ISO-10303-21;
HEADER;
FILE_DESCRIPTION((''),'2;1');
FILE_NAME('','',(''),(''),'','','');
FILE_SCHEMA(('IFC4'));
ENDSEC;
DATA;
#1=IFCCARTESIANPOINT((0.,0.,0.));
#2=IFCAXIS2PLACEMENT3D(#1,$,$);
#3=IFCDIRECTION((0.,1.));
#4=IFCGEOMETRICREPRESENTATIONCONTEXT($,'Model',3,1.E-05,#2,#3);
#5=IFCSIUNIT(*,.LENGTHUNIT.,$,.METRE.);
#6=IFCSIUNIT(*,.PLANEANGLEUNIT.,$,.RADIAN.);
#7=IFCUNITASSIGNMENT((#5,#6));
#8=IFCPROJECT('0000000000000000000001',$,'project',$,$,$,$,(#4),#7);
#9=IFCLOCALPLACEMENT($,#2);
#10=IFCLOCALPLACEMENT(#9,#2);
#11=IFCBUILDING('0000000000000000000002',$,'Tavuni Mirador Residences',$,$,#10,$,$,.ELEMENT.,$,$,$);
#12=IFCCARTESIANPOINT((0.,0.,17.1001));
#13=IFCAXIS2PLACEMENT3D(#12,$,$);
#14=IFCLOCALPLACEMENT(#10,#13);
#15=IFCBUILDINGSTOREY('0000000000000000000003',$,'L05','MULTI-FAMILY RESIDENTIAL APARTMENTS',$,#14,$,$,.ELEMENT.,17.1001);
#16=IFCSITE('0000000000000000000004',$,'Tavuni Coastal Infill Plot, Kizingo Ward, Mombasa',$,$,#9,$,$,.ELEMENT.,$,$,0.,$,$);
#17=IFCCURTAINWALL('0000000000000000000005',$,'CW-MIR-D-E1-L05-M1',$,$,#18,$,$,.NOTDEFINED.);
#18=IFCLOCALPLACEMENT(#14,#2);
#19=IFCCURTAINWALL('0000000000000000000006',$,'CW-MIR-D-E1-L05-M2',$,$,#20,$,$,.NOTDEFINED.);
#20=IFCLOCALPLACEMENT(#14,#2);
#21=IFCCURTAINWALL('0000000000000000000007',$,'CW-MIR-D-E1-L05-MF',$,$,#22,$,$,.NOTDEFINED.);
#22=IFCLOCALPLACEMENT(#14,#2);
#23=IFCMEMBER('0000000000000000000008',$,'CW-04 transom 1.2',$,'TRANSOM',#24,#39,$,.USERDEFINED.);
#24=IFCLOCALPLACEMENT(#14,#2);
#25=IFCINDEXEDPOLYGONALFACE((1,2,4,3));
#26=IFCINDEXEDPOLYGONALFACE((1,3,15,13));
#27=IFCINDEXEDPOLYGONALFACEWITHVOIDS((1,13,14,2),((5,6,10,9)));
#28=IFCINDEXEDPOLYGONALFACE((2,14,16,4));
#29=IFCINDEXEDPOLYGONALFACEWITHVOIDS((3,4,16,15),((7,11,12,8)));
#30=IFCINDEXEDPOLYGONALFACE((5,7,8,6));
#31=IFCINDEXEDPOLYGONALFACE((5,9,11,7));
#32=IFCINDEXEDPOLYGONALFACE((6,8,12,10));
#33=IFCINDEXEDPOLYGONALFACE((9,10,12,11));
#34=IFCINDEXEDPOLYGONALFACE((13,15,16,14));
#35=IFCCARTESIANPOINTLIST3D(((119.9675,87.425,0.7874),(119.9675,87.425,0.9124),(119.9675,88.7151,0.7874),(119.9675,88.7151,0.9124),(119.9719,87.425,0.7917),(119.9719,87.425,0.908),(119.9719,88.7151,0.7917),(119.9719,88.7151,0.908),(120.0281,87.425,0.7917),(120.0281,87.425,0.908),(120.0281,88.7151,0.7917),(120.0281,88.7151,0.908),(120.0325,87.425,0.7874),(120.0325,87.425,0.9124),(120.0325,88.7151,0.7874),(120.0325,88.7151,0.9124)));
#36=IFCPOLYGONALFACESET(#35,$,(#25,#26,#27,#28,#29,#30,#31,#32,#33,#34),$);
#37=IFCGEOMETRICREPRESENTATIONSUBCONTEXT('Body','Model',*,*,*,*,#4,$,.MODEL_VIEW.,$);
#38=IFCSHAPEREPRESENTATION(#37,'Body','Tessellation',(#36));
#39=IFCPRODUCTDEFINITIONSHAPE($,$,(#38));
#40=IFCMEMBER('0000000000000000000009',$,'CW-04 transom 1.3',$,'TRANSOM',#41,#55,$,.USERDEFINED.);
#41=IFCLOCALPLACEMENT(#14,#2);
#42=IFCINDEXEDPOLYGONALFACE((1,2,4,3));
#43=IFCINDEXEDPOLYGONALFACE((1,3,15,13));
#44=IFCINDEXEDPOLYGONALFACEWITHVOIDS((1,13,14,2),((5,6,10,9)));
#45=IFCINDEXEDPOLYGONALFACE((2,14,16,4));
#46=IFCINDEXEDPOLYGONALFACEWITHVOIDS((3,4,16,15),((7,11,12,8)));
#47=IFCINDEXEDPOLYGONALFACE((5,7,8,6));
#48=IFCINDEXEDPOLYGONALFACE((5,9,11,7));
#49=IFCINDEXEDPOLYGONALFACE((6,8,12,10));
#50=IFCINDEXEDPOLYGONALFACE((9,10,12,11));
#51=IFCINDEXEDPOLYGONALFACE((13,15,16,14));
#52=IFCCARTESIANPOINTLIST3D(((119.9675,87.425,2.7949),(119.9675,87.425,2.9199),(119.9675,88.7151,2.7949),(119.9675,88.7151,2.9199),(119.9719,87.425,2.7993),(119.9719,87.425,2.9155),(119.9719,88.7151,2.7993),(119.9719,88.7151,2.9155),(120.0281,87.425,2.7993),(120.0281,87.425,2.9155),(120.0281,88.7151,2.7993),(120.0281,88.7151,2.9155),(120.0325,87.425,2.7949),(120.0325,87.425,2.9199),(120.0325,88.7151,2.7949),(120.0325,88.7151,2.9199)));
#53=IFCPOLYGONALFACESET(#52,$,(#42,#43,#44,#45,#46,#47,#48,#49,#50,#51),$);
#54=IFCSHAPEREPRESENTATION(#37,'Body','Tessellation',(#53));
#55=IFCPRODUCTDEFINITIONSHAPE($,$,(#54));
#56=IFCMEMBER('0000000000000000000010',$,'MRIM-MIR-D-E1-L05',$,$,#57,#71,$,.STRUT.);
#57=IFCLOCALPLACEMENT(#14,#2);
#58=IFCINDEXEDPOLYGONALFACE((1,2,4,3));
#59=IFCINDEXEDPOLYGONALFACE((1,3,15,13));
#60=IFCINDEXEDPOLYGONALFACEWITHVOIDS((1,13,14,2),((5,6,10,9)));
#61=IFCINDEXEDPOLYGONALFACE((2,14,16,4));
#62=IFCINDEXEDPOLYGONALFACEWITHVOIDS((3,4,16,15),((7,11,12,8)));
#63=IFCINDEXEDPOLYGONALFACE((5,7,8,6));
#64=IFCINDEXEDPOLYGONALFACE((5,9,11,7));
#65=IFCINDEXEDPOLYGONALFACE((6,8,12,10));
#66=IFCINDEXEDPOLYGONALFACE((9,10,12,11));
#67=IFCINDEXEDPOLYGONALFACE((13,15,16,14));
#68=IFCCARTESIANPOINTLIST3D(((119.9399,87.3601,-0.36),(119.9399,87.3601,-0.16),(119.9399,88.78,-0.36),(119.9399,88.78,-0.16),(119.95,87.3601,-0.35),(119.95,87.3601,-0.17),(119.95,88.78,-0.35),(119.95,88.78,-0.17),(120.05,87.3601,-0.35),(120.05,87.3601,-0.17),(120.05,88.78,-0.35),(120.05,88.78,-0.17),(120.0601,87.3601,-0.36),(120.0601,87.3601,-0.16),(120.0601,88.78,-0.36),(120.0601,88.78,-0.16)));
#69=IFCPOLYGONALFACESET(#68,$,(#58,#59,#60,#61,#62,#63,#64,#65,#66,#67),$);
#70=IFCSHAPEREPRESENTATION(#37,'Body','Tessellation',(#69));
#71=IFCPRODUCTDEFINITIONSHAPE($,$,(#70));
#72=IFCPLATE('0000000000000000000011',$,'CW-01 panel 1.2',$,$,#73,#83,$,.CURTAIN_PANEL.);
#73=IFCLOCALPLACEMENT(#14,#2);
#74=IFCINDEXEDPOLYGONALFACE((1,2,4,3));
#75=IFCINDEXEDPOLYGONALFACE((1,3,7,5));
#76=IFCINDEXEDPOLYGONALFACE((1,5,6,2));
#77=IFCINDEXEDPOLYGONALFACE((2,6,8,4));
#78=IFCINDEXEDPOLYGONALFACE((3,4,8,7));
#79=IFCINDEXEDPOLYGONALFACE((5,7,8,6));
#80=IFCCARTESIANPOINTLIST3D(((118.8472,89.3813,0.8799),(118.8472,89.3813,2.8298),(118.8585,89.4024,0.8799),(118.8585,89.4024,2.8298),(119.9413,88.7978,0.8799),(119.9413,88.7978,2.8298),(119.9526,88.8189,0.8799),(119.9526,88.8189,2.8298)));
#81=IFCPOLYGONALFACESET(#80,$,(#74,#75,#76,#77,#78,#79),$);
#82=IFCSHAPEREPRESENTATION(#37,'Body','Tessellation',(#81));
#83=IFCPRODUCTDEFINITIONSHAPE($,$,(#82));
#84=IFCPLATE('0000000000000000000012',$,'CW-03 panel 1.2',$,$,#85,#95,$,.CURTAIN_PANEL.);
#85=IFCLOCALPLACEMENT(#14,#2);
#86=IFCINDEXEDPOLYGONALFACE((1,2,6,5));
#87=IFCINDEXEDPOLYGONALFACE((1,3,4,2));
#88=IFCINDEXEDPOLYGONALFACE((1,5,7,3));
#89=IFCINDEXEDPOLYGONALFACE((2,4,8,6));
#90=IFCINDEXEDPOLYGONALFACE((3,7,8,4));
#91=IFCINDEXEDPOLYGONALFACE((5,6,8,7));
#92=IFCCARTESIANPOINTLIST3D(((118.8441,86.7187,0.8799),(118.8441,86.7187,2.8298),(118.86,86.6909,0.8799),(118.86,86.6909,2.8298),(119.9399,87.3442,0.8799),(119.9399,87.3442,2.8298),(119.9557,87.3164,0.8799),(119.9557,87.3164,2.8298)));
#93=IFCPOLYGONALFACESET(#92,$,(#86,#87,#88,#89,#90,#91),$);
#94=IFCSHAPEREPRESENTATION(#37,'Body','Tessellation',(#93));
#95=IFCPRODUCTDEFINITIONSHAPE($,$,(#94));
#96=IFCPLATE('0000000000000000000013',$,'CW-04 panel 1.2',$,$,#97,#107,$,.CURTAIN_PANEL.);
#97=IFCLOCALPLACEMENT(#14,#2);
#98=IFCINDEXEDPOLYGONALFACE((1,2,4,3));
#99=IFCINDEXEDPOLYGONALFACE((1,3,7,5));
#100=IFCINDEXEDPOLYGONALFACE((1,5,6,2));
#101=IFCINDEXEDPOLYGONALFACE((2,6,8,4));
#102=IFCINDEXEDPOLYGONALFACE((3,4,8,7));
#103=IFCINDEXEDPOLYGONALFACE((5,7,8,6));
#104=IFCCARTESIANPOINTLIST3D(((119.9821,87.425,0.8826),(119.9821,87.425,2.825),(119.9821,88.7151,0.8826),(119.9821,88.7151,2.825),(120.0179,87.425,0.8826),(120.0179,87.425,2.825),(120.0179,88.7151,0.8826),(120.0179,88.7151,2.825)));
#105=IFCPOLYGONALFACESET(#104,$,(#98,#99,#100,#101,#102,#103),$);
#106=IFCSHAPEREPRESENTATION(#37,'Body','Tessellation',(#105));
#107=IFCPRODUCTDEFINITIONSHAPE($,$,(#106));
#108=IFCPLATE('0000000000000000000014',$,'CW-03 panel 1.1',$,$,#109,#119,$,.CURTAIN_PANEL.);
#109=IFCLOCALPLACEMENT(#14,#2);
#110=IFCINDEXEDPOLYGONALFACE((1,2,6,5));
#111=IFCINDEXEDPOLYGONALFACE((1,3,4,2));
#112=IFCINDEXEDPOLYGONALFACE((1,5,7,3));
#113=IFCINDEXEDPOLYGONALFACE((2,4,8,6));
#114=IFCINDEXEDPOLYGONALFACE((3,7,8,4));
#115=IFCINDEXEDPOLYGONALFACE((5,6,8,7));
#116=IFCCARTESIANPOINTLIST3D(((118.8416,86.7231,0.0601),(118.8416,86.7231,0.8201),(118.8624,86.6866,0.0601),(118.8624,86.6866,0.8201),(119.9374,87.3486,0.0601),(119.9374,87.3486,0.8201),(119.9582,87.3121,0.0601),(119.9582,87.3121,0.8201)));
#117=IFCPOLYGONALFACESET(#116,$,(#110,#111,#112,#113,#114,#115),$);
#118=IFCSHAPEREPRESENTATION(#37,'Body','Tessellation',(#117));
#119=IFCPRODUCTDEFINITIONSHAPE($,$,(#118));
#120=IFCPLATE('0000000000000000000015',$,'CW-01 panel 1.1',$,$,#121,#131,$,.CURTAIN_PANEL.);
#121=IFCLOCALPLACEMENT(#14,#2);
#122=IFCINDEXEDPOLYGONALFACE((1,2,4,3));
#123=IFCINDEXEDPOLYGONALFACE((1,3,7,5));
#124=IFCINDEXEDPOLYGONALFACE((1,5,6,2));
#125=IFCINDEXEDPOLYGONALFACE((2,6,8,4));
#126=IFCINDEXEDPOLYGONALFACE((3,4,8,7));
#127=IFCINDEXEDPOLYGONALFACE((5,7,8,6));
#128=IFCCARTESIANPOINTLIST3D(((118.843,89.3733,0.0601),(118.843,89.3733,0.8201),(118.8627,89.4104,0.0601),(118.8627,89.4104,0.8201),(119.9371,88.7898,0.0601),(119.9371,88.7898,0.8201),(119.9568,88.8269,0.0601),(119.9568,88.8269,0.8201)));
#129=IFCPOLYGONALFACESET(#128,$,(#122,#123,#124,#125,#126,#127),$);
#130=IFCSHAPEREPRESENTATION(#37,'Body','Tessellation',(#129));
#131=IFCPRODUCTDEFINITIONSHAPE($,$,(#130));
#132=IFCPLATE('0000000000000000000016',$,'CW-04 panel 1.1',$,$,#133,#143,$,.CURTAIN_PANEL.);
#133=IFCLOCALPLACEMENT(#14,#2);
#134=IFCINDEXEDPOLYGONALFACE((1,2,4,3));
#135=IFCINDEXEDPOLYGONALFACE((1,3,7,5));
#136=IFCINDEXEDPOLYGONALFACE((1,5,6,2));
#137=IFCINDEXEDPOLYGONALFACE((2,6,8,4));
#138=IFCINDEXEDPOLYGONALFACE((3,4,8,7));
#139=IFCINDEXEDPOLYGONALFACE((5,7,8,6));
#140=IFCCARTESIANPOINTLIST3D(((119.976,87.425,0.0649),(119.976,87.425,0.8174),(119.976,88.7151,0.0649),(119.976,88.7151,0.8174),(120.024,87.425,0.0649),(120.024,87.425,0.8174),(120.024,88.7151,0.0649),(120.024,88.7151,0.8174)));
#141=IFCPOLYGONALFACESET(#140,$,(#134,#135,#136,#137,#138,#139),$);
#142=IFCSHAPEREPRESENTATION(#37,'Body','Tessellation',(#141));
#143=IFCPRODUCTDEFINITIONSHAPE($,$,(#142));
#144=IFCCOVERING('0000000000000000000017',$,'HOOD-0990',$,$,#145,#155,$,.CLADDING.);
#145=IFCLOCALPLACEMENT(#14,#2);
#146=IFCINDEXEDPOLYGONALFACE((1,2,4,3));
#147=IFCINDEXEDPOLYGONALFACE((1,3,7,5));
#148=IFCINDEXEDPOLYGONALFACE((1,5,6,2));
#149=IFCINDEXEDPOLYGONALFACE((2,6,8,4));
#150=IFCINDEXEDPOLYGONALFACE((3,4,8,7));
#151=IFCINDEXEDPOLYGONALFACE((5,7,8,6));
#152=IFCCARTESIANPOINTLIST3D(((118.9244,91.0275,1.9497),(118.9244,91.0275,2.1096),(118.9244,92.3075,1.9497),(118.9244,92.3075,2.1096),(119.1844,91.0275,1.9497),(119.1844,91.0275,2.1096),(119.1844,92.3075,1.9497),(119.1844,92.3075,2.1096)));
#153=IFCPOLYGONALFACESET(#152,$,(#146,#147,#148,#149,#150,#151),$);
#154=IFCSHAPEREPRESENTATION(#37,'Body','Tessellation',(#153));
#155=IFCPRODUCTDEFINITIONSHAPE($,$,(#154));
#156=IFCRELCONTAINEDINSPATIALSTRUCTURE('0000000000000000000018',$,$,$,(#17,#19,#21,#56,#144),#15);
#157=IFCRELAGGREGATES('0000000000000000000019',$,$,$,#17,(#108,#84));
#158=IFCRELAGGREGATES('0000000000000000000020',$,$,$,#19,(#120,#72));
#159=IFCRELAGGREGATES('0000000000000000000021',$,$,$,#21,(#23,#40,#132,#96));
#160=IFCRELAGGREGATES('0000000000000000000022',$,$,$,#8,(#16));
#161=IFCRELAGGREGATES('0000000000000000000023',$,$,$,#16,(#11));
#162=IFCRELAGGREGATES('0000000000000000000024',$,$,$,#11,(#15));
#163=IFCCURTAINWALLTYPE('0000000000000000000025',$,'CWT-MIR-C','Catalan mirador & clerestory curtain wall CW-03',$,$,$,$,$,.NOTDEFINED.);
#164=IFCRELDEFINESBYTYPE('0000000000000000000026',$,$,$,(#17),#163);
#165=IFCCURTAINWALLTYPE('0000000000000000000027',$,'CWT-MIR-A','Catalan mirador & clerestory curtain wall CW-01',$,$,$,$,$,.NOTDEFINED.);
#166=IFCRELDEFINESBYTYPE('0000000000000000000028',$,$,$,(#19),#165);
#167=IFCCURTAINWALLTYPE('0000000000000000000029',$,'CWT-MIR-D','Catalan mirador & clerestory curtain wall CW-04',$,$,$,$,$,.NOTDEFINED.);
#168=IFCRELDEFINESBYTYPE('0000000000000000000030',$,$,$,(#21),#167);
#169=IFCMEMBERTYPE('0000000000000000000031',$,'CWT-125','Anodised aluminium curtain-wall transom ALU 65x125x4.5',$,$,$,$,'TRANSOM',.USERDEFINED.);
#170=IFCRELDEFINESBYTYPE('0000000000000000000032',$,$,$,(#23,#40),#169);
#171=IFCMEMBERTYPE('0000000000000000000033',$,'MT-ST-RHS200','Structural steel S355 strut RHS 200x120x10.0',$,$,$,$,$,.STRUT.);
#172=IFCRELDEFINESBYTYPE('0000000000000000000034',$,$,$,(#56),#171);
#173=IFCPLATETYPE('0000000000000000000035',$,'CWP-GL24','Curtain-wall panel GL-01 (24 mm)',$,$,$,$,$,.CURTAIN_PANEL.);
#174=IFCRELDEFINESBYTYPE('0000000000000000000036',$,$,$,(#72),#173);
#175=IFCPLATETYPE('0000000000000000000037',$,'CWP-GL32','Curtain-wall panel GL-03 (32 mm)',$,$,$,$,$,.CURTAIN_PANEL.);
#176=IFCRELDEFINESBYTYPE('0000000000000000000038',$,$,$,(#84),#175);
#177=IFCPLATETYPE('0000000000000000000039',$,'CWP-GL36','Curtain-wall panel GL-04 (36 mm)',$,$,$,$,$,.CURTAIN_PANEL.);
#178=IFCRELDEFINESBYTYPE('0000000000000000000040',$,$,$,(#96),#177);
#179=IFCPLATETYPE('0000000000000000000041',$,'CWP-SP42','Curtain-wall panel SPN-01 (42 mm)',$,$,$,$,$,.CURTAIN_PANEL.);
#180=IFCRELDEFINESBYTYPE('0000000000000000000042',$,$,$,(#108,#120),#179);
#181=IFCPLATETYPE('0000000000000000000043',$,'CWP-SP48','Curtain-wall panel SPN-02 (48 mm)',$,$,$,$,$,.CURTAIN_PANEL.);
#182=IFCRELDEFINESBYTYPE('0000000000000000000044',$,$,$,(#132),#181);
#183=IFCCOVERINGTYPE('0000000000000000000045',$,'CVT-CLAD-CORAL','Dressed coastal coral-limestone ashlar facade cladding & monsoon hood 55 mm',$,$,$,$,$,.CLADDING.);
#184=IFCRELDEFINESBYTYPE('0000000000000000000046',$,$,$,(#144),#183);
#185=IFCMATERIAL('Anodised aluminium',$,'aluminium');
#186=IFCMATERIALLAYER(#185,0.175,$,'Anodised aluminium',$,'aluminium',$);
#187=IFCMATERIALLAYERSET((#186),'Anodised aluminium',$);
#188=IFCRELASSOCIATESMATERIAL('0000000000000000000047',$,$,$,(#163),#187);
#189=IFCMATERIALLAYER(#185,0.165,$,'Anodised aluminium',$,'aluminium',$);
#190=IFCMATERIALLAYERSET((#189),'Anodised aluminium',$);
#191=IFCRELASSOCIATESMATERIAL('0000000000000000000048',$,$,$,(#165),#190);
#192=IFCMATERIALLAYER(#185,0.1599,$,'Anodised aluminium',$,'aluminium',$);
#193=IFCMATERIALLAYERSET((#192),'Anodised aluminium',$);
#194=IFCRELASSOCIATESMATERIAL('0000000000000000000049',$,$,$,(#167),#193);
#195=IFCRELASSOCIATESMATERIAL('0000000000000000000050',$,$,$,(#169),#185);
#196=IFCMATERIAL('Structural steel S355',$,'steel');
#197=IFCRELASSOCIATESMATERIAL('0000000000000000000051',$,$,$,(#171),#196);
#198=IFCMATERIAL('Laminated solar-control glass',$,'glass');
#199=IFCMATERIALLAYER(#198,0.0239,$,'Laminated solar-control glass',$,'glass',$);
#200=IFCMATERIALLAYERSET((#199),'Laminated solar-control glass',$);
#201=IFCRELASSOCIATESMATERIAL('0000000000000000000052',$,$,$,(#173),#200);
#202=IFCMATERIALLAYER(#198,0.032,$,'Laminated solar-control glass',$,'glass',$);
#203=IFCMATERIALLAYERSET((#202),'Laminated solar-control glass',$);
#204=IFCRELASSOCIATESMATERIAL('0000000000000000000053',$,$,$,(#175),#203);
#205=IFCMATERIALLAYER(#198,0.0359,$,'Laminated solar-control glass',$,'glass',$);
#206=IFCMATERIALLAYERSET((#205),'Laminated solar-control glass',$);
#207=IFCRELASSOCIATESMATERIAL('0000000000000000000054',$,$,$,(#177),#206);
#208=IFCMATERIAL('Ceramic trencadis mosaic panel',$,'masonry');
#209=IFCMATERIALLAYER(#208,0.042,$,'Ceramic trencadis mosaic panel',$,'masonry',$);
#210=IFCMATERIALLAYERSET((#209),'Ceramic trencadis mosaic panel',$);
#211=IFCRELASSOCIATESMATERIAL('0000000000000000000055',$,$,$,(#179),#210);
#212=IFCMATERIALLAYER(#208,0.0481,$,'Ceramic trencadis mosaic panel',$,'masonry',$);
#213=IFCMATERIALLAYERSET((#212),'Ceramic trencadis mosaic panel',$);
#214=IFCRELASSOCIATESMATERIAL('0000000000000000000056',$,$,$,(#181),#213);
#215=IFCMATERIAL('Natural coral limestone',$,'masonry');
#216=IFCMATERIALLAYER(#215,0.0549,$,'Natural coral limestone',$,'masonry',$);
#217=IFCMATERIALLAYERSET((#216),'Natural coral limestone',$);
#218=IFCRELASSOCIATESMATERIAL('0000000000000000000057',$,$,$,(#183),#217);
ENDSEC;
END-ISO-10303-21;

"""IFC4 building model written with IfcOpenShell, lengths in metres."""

from ifc_helpers import new_model, si_unit, direction, frame, origin, origin_2d, place, context, subcontext, project, spatial, rectangle, hollow_rectangle, extrude, material, layer, layer_set, material_profile, profile_set, type_object, element, aggregate, save


model = new_model("IFC4")

# Units and contexts
model_context = context("Model", 3, precision=1e-05, world=origin(), true_north=direction((0.0, 1.0)))
body_context = subcontext(model_context, "Body", "Model", "MODEL_VIEW")
ifc_project = project(units=[si_unit("LENGTHUNIT", "METRE"), si_unit("PLANEANGLEUNIT", "RADIAN")], contexts=[model_context])

# Site, building, storey
site_placement = place(None, origin())
site = spatial("IfcSite", under=ifc_project, at=site_placement, Name="Tavuni Coastal Infill Plot, Kizingo Ward, Mombasa", CompositionType="ELEMENT", RefElevation=0.0)
building_placement = place(site_placement, origin())
building = spatial("IfcBuilding", under=site, at=building_placement, Name="Tavuni Mirador Residences", CompositionType="ELEMENT")
storey_placement = place(building_placement, frame((0.0, 0.0, 17.1001)))
storey = spatial("IfcBuildingStorey", under=building, at=storey_placement, Name="L05", Description="MULTI-FAMILY RESIDENTIAL APARTMENTS", CompositionType="ELEMENT", Elevation=17.1001)

# Curtain walls
ifc_material_1 = material(Name="Anodised aluminium", Category="aluminium")
ifc_layer_1 = layer(ifc_material_1, 0.175, Name="Anodised aluminium", Category="aluminium")
ifc_layer_set_1 = layer_set([ifc_layer_1], Name="Anodised aluminium")
curtain_wall_type_1 = type_object("IfcCurtainWallType", Name="CWT-MIR-C", Description="Catalan mirador & clerestory curtain wall CW-03", PredefinedType="NOTDEFINED", material=ifc_layer_set_1)
curtain_wall_1_placement = place(storey_placement, origin())
curtain_wall_1 = element("IfcCurtainWall", 1, at=curtain_wall_1_placement, inside=storey, type_object=curtain_wall_type_1, Name="CW-MIR-D-E1-L05-M1", PredefinedType="NOTDEFINED")
ifc_layer_2 = layer(ifc_material_1, 0.165, Name="Anodised aluminium", Category="aluminium")
ifc_layer_set_2 = layer_set([ifc_layer_2], Name="Anodised aluminium")
curtain_wall_type_2 = type_object("IfcCurtainWallType", Name="CWT-MIR-A", Description="Catalan mirador & clerestory curtain wall CW-01", PredefinedType="NOTDEFINED", material=ifc_layer_set_2)
curtain_wall_2_placement = place(storey_placement, origin())
curtain_wall_2 = element("IfcCurtainWall", 2, at=curtain_wall_2_placement, inside=storey, type_object=curtain_wall_type_2, Name="CW-MIR-D-E1-L05-M2", PredefinedType="NOTDEFINED")

# Curtain wall
ifc_layer_3 = layer(ifc_material_1, 0.1599, Name="Anodised aluminium", Category="aluminium")
ifc_layer_set_3 = layer_set([ifc_layer_3], Name="Anodised aluminium")
curtain_wall_type_3 = type_object("IfcCurtainWallType", Name="CWT-MIR-D", Description="Catalan mirador & clerestory curtain wall CW-04", PredefinedType="NOTDEFINED", material=ifc_layer_set_3)
curtain_wall_3_placement = place(storey_placement, origin())
curtain_wall_3 = element("IfcCurtainWall", 3, at=curtain_wall_3_placement, inside=storey, type_object=curtain_wall_type_3, Name="CW-MIR-D-E1-L05-MF", PredefinedType="NOTDEFINED")

# Members
ifc_material_profile_1 = material_profile(ifc_material_1, hollow_rectangle(XDim=0.0649, YDim=0.125, WallThickness=0.0044, at=origin_2d()), Name="ALU 65x125x4.5", Category="aluminium")
ifc_profile_set_1 = profile_set([ifc_material_profile_1], Name="Anodised aluminium")
member_type_1 = type_object("IfcMemberType", Name="CWT-125", Description="Anodised aluminium curtain-wall transom ALU 65x125x4.5", ElementType="TRANSOM", PredefinedType="USERDEFINED", material=ifc_profile_set_1)
member_1_placement = place(storey_placement, frame((120.0, 87.425, 0.8499), z_axis=(0.0, 1.0, 0.0), x_axis=(-1.0, 0.0, 0.0)))
member_1 = element("IfcMember", 4, at=member_1_placement, type_object=member_type_1, Name="CW-04 transom 1.2", ObjectType="TRANSOM", PredefinedType="USERDEFINED", context=body_context, shape_type="SweptSolid", body=[
    extrude(hollow_rectangle(XDim=0.0649, YDim=0.125, WallThickness=0.0044, at=origin_2d()), origin(), (0.0, 0.0, 1.0), 1.29),
])
member_2_placement = place(storey_placement, frame((120.0, 87.425, 2.8574), z_axis=(0.0, 1.0, 0.0), x_axis=(-1.0, 0.0, 0.0)))
member_2 = element("IfcMember", 5, at=member_2_placement, type_object=member_type_1, Name="CW-04 transom 1.3", ObjectType="TRANSOM", PredefinedType="USERDEFINED", context=body_context, shape_type="SweptSolid", body=[
    extrude(hollow_rectangle(XDim=0.0649, YDim=0.125, WallThickness=0.0044, at=origin_2d()), origin(), (0.0, 0.0, 1.0), 1.29),
])
ifc_material_2 = material(Name="Structural steel S355", Category="steel")
ifc_material_profile_2 = material_profile(ifc_material_2, hollow_rectangle(XDim=0.1201, YDim=0.2, WallThickness=0.01, at=origin_2d()), Name="RHS 200x120x10.0", Category="steel")
ifc_profile_set_2 = profile_set([ifc_material_profile_2], Name="Structural steel S355")
member_type_2 = type_object("IfcMemberType", Name="MT-ST-RHS200", Description="Structural steel S355 strut RHS 200x120x10.0", PredefinedType="STRUT", material=ifc_profile_set_2)
member_3_placement = place(storey_placement, frame((120.0, 87.3601, -0.26), z_axis=(0.0, 1.0, 0.0), x_axis=(-1.0, 0.0, 0.0)))
element("IfcMember", 6, at=member_3_placement, inside=storey, type_object=member_type_2, Name="MRIM-MIR-D-E1-L05", PredefinedType="STRUT", context=body_context, shape_type="SweptSolid", body=[
    extrude(hollow_rectangle(XDim=0.1201, YDim=0.2, WallThickness=0.01, at=origin_2d()), origin(), (0.0, 0.0, 1.0), 1.4199),
])

# Plates
ifc_material_3 = material(Name="Laminated solar-control glass", Category="glass")
ifc_layer_4 = layer(ifc_material_3, 0.0239, Name="Laminated solar-control glass", Category="glass")
ifc_layer_set_4 = layer_set([ifc_layer_4], Name="Laminated solar-control glass")
plate_type_1 = type_object("IfcPlateType", Name="CWP-GL24", Description="Curtain-wall panel GL-01 (24 mm)", PredefinedType="CURTAIN_PANEL", material=ifc_layer_set_4)
plate_1_placement = place(storey_placement, frame((119.3999, 89.1001, 0.8799), z_axis=(0.0, 0.0, 1.0), x_axis=(-0.882353, 0.470588, 0.0)))
plate_1 = element("IfcPlate", 7, at=plate_1_placement, type_object=plate_type_1, Name="CW-01 panel 1.2", PredefinedType="CURTAIN_PANEL", context=body_context, shape_type="SweptSolid", body=[
    extrude(rectangle(XDim=1.24, YDim=0.0239, at=origin_2d()), origin(), (0.0, 0.0, 1.0), 1.95),
])
ifc_layer_5 = layer(ifc_material_3, 0.032, Name="Laminated solar-control glass", Category="glass")
ifc_layer_set_5 = layer_set([ifc_layer_5], Name="Laminated solar-control glass")
plate_type_2 = type_object("IfcPlateType", Name="CWP-GL32", Description="Curtain-wall panel GL-03 (32 mm)", PredefinedType="CURTAIN_PANEL", material=ifc_layer_set_5)
plate_2_placement = place(storey_placement, frame((119.3999, 87.0176, 0.8799), z_axis=(0.0, 0.0, 1.0), x_axis=(0.868466, 0.495749, 0.0)))
plate_2 = element("IfcPlate", 8, at=plate_2_placement, type_object=plate_type_2, Name="CW-03 panel 1.2", PredefinedType="CURTAIN_PANEL", context=body_context, shape_type="SweptSolid", body=[
    extrude(rectangle(XDim=1.2617, YDim=0.032, at=origin_2d()), origin(), (0.0, 0.0, 1.0), 1.95),
])
ifc_layer_6 = layer(ifc_material_3, 0.0359, Name="Laminated solar-control glass", Category="glass")
ifc_layer_set_6 = layer_set([ifc_layer_6], Name="Laminated solar-control glass")
plate_type_3 = type_object("IfcPlateType", Name="CWP-GL36", Description="Curtain-wall panel GL-04 (36 mm)", PredefinedType="CURTAIN_PANEL", material=ifc_layer_set_6)
plate_3_placement = place(storey_placement, frame((120.0, 88.0701, 0.8826), z_axis=(0.0, 0.0, 1.0), x_axis=(0.0, 1.0, 0.0)))
plate_3 = element("IfcPlate", 9, at=plate_3_placement, type_object=plate_type_3, Name="CW-04 panel 1.2", PredefinedType="CURTAIN_PANEL", context=body_context, shape_type="SweptSolid", body=[
    extrude(rectangle(XDim=1.29, YDim=0.0359, at=origin_2d()), origin(), (0.0, 0.0, 1.0), 1.9424),
])
ifc_material_4 = material(Name="Ceramic trencadis mosaic panel", Category="masonry")
ifc_layer_7 = layer(ifc_material_4, 0.042, Name="Ceramic trencadis mosaic panel", Category="masonry")
ifc_layer_set_7 = layer_set([ifc_layer_7], Name="Ceramic trencadis mosaic panel")
plate_type_4 = type_object("IfcPlateType", Name="CWP-SP42", Description="Curtain-wall panel SPN-01 (42 mm)", PredefinedType="CURTAIN_PANEL", material=ifc_layer_set_7)
plate_4_placement = place(storey_placement, frame((119.3999, 87.0176, 0.0601), z_axis=(0.0, 0.0, 1.0), x_axis=(0.868466, 0.495749, 0.0)))
plate_4 = element("IfcPlate", 10, at=plate_4_placement, type_object=plate_type_4, Name="CW-03 panel 1.1", PredefinedType="CURTAIN_PANEL", context=body_context, shape_type="SweptSolid", body=[
    extrude(rectangle(XDim=1.2617, YDim=0.042, at=origin_2d()), origin(), (0.0, 0.0, 1.0), 0.76),
])
aggregate(curtain_wall_1, [plate_4, plate_2])
plate_5_placement = place(storey_placement, frame((119.3999, 89.1001, 0.0601), z_axis=(0.0, 0.0, 1.0), x_axis=(-0.882353, 0.470588, 0.0)))
plate_5 = element("IfcPlate", 11, at=plate_5_placement, type_object=plate_type_4, Name="CW-01 panel 1.1", PredefinedType="CURTAIN_PANEL", context=body_context, shape_type="SweptSolid", body=[
    extrude(rectangle(XDim=1.24, YDim=0.042, at=origin_2d()), origin(), (0.0, 0.0, 1.0), 0.76),
])
aggregate(curtain_wall_2, [plate_5, plate_1])
ifc_layer_8 = layer(ifc_material_4, 0.0481, Name="Ceramic trencadis mosaic panel", Category="masonry")
ifc_layer_set_8 = layer_set([ifc_layer_8], Name="Ceramic trencadis mosaic panel")
plate_type_5 = type_object("IfcPlateType", Name="CWP-SP48", Description="Curtain-wall panel SPN-02 (48 mm)", PredefinedType="CURTAIN_PANEL", material=ifc_layer_set_8)
plate_6_placement = place(storey_placement, frame((120.0, 88.0701, 0.0649), z_axis=(0.0, 0.0, 1.0), x_axis=(0.0, 1.0, 0.0)))
plate_6 = element("IfcPlate", 12, at=plate_6_placement, type_object=plate_type_5, Name="CW-04 panel 1.1", PredefinedType="CURTAIN_PANEL", context=body_context, shape_type="SweptSolid", body=[
    extrude(rectangle(XDim=1.29, YDim=0.0481, at=origin_2d()), origin(), (0.0, 0.0, 1.0), 0.7524),
])
aggregate(curtain_wall_3, [member_1, member_2, plate_6, plate_3])

# Covering
ifc_material_5 = material(Name="Natural coral limestone", Category="masonry")
ifc_layer_9 = layer(ifc_material_5, 0.0549, Name="Natural coral limestone", Category="masonry")
ifc_layer_set_9 = layer_set([ifc_layer_9], Name="Natural coral limestone")
covering_type = type_object("IfcCoveringType", Name="CVT-CLAD-CORAL", Description="Dressed coastal coral-limestone ashlar facade cladding & monsoon hood 55 mm", PredefinedType="CLADDING", material=ifc_layer_set_9)
covering_placement = place(storey_placement, frame((119.0544, 91.6675, 1.9497), z_axis=(0.0, 0.0, 1.0), x_axis=(0.0, 1.0, 0.0)))
element("IfcCovering", 13, at=covering_placement, inside=storey, type_object=covering_type, Name="HOOD-0990", PredefinedType="CLADDING", context=body_context, shape_type="SweptSolid", body=[
    extrude(rectangle(XDim=1.28, YDim=0.26, at=origin_2d()), origin(), (0.0, 0.0, 1.0), 0.1599),
])

save(model, "model.ifc")
